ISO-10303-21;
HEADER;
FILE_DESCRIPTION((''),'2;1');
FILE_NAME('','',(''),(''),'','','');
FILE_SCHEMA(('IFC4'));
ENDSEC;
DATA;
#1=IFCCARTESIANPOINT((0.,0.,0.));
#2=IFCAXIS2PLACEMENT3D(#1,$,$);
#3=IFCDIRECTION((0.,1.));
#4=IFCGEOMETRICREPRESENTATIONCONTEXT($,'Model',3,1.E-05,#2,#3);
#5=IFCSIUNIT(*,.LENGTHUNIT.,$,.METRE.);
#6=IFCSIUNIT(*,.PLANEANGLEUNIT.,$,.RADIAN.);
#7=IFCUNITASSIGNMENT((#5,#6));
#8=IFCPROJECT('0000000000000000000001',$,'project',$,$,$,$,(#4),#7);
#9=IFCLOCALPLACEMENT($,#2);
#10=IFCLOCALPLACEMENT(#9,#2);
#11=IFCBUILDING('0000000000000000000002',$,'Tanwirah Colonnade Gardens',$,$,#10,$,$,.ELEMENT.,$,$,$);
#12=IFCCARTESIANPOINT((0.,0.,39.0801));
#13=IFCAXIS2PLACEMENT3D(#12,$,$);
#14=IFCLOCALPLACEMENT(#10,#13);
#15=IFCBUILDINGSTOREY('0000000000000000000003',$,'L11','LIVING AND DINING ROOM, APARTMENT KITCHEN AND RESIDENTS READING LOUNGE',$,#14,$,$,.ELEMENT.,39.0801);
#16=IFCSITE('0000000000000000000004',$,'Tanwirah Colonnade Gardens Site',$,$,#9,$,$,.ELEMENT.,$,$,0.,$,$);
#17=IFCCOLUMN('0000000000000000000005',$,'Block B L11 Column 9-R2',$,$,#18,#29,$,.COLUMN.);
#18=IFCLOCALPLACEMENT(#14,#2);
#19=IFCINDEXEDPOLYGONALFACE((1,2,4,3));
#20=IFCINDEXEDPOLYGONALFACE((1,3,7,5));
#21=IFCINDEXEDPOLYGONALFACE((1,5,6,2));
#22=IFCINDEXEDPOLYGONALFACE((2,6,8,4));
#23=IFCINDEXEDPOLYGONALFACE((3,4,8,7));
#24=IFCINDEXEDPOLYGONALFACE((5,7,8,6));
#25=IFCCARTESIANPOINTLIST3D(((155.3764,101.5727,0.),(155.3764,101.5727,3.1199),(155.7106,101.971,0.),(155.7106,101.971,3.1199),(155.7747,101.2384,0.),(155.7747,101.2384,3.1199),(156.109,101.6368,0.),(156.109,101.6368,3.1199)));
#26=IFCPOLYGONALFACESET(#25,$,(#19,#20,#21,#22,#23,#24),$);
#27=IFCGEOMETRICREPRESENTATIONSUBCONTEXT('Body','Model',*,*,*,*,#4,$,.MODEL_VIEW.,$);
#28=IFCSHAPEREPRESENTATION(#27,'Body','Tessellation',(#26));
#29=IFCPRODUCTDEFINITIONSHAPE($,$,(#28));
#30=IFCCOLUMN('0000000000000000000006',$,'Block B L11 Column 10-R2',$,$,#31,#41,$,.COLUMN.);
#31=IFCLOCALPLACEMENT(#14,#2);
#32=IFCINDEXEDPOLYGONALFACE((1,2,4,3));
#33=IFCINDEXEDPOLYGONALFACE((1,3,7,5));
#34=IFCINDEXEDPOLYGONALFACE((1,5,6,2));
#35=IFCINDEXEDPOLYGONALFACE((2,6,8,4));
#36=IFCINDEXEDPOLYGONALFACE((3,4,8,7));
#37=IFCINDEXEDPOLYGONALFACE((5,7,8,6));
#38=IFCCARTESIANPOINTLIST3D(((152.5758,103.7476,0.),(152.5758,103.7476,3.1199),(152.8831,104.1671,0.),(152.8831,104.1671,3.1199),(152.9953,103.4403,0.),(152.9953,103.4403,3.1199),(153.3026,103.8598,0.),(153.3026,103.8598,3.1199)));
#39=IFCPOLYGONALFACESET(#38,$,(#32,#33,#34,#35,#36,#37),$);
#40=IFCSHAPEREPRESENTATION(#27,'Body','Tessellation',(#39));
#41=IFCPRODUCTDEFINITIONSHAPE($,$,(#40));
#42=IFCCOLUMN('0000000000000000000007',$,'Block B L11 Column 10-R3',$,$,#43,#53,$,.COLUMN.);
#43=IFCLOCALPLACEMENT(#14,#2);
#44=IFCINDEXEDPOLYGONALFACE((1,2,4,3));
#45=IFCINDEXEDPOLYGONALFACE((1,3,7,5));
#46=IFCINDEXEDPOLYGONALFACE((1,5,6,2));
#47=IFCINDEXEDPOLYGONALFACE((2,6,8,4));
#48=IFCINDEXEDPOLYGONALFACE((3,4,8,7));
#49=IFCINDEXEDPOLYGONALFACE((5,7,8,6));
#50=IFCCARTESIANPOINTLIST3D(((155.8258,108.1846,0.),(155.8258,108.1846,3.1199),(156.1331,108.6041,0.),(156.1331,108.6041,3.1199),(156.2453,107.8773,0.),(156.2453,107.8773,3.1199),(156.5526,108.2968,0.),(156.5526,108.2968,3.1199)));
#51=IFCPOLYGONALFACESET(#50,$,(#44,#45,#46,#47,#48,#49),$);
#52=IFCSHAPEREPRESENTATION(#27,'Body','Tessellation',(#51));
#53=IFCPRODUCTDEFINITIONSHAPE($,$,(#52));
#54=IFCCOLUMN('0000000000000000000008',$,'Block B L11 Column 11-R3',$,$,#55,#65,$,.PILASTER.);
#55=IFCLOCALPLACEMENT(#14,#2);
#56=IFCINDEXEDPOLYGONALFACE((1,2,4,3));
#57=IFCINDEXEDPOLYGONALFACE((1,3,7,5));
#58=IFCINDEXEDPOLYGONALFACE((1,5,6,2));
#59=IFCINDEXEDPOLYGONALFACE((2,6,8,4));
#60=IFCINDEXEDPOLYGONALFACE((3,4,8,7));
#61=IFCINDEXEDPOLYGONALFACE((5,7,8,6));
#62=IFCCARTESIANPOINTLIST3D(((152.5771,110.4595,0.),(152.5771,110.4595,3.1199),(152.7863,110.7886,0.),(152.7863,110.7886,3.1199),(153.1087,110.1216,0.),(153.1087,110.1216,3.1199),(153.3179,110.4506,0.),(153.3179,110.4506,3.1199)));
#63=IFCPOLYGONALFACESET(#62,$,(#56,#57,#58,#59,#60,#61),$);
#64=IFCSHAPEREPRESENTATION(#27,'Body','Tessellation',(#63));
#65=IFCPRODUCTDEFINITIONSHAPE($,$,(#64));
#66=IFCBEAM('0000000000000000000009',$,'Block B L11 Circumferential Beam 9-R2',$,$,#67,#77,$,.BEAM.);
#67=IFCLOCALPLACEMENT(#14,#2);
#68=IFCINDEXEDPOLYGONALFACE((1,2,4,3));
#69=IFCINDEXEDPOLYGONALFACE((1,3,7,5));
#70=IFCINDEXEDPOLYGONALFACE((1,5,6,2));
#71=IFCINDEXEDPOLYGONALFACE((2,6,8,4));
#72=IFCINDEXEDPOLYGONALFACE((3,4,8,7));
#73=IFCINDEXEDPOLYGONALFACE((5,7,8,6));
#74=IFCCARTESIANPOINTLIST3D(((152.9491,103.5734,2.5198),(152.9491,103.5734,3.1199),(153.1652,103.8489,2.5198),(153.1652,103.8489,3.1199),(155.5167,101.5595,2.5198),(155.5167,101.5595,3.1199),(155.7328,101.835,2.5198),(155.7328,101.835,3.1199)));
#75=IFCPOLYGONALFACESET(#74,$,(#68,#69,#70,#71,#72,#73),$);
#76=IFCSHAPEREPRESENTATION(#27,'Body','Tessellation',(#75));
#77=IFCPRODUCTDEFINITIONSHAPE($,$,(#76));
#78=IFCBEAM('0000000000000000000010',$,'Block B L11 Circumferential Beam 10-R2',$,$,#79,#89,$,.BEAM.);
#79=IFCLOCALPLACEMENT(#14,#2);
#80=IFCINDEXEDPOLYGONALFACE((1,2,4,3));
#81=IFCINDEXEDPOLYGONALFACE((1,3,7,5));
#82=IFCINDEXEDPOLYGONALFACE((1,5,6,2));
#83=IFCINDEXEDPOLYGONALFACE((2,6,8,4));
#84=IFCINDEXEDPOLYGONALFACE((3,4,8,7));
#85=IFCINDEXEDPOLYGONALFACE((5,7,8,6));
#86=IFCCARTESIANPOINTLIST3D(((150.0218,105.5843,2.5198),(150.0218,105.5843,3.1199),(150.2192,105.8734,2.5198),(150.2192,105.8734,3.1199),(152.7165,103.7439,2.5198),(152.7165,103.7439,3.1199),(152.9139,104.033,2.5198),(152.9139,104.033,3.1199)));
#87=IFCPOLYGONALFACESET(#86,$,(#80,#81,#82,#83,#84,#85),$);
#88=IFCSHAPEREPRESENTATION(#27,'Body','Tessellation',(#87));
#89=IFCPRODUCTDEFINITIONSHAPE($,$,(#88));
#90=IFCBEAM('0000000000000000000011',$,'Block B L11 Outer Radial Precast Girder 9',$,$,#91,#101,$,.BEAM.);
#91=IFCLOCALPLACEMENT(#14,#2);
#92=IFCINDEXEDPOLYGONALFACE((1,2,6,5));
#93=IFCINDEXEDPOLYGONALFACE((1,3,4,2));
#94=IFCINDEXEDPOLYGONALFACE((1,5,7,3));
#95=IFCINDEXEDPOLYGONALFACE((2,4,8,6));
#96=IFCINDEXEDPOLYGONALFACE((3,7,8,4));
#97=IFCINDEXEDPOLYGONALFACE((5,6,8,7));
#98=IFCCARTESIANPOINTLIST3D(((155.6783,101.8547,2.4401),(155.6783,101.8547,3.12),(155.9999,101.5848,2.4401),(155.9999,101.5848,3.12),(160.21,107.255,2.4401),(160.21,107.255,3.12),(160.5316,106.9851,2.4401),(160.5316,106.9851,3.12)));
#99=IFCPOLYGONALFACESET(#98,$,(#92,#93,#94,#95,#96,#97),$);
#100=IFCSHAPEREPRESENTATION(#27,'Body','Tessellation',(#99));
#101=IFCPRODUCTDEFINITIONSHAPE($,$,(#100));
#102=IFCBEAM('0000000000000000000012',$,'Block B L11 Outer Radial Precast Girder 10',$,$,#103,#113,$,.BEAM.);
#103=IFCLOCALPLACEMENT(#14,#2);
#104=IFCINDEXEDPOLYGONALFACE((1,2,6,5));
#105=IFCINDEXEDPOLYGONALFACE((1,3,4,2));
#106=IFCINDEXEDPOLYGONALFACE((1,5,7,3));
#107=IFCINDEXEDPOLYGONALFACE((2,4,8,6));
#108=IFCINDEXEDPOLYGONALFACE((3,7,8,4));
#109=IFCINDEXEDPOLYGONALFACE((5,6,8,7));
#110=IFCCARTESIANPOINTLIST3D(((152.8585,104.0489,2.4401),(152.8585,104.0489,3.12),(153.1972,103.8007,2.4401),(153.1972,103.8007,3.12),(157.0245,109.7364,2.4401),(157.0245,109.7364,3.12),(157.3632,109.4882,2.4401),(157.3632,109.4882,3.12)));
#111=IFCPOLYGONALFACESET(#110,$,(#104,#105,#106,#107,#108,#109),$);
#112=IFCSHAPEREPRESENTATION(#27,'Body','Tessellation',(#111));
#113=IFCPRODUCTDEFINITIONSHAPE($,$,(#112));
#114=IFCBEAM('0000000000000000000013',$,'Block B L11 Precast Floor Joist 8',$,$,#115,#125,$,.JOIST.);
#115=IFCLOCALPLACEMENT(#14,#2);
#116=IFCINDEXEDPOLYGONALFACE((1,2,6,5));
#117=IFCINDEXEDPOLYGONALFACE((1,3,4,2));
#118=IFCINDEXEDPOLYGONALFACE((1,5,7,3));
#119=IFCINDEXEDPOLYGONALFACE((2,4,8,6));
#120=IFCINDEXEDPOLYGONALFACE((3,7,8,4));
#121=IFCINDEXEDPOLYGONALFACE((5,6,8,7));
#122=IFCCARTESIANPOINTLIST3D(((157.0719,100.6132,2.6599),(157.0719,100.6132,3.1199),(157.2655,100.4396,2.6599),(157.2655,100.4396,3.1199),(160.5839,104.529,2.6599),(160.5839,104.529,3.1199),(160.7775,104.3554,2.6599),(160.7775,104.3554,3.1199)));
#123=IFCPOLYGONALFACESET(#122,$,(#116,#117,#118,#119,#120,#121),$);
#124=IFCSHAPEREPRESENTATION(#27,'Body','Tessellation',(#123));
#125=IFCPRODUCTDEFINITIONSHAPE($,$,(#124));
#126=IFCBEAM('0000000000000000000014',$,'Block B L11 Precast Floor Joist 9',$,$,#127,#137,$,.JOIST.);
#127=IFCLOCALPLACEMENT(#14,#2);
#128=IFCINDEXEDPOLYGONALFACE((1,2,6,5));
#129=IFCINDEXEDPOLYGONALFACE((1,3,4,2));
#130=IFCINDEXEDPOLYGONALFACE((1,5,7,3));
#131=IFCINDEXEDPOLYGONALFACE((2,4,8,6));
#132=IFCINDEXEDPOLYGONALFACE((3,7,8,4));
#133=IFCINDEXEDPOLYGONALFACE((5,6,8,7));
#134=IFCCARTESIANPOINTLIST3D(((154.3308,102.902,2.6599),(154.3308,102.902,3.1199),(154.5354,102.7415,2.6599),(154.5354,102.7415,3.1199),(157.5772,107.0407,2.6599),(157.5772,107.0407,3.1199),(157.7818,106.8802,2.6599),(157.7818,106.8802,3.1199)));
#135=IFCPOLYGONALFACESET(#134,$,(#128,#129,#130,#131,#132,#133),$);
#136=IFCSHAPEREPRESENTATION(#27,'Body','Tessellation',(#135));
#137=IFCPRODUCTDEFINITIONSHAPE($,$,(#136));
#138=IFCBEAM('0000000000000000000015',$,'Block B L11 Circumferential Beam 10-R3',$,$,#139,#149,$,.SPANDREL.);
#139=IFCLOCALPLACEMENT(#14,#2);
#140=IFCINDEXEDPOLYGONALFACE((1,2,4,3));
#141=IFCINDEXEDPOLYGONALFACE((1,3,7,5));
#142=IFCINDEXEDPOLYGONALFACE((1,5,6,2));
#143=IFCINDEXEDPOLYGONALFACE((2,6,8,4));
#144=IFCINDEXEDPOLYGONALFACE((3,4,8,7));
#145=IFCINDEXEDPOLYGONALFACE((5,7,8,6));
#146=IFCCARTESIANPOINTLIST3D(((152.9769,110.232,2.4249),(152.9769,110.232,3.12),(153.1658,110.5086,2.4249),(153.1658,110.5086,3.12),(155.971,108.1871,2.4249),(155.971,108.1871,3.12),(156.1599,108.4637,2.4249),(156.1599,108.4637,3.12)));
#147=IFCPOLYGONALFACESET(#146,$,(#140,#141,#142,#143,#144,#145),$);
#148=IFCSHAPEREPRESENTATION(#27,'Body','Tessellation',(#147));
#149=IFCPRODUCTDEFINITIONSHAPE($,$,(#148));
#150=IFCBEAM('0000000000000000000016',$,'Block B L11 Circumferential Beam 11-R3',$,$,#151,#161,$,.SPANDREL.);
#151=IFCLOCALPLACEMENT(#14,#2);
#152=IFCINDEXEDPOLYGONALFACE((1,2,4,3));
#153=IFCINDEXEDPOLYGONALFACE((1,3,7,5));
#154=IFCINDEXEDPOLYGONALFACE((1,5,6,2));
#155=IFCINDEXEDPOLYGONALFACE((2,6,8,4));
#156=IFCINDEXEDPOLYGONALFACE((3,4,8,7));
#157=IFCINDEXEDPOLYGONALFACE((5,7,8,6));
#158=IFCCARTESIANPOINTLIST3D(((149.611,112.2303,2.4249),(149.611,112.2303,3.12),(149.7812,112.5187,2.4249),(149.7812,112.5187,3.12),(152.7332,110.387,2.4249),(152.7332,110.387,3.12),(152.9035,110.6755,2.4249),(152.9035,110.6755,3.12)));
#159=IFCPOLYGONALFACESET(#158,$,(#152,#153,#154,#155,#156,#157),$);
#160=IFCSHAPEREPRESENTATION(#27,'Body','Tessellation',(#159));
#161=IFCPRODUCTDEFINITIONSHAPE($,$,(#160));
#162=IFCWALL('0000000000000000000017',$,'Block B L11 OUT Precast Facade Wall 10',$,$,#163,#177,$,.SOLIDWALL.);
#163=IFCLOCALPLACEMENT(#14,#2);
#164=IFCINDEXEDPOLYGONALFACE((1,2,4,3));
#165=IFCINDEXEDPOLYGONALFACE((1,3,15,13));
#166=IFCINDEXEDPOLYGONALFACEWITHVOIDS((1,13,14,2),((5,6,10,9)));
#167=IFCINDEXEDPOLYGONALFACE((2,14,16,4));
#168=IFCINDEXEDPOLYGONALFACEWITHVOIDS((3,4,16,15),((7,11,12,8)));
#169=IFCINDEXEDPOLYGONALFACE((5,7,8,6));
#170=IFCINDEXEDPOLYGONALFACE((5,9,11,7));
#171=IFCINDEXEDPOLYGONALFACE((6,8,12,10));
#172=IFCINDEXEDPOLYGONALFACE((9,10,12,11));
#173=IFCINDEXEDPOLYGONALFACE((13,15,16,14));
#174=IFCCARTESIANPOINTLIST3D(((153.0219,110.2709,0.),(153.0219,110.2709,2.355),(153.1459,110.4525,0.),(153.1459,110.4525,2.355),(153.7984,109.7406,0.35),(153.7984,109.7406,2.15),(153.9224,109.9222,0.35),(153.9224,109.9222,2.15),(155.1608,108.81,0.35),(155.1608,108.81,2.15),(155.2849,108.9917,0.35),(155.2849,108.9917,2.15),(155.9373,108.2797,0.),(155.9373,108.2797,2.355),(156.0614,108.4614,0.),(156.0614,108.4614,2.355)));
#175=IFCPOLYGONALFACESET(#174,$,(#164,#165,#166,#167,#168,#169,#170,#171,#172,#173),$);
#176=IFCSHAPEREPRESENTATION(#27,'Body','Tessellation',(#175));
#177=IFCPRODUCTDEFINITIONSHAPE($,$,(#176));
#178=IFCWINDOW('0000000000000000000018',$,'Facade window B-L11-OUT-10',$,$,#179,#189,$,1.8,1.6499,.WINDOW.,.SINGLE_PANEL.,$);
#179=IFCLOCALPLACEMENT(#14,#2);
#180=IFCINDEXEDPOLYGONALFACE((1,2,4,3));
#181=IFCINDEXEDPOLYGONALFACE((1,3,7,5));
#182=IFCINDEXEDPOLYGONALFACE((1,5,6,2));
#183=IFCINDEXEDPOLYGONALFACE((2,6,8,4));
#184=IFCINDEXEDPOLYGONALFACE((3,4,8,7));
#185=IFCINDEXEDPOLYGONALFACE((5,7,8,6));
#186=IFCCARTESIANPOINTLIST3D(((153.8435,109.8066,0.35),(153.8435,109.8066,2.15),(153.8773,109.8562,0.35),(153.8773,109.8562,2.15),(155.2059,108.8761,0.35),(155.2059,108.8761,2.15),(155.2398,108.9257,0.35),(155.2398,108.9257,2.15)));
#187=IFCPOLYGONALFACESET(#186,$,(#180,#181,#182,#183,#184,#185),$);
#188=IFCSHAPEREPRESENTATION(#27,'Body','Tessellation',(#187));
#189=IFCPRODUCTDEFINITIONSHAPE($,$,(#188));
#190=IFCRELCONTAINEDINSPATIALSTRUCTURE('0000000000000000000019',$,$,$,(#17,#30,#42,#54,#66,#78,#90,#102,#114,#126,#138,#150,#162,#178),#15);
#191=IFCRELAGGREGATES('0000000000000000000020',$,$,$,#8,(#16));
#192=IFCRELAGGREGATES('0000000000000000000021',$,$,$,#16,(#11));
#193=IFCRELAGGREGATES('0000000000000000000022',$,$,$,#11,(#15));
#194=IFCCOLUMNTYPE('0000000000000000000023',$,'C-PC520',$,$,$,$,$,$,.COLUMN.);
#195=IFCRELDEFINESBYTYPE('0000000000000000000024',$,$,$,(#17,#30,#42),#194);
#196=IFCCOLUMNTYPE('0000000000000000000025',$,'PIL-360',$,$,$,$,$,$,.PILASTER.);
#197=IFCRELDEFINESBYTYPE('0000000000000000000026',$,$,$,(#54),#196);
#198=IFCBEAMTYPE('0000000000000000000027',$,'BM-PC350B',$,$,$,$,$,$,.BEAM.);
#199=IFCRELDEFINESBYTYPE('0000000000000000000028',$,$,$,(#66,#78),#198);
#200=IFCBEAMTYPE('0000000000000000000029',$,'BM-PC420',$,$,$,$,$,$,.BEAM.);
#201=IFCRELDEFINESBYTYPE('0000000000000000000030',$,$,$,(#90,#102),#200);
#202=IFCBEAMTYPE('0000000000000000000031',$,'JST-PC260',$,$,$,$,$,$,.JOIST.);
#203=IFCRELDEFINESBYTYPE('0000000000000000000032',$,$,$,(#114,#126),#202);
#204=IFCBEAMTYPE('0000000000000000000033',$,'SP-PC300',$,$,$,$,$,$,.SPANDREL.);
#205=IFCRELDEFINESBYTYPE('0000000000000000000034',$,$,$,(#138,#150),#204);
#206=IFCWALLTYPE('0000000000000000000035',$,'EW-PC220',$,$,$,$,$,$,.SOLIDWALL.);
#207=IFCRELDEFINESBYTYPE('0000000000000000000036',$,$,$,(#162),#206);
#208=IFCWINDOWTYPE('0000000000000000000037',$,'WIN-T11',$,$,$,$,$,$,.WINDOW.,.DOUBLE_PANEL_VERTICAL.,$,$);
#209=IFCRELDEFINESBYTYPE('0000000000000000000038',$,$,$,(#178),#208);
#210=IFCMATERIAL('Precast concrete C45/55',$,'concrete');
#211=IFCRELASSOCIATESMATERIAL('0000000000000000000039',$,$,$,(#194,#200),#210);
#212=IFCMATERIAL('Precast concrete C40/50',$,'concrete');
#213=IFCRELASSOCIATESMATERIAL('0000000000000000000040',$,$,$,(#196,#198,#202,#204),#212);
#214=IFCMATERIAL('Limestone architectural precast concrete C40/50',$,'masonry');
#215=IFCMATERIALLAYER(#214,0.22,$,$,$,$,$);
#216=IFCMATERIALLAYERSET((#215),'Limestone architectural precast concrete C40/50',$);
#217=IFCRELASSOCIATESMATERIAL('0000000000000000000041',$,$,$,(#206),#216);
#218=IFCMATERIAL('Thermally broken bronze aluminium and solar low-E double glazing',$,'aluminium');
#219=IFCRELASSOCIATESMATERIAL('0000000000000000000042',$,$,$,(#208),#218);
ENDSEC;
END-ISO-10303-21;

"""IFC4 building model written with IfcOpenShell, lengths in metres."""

from ifc_helpers import new_model, si_unit, direction, frame, frame_2d, origin, origin_2d, place, context, subcontext, project, spatial, rectangle, extrude, material, layer, layer_set, material_profile, profile_set, type_object, element, fill, save


model = new_model("IFC4")

# Units and contexts
model_context = context("Model", 3, precision=1e-05, world=origin(), true_north=direction((0.0, 1.0)))
body_context = subcontext(model_context, "Body", "Model", "MODEL_VIEW")
ifc_project = project(units=[si_unit("LENGTHUNIT", "METRE"), si_unit("PLANEANGLEUNIT", "RADIAN")], contexts=[model_context])

# Site, building, storey
site_placement = place(None, origin())
site = spatial("IfcSite", under=ifc_project, at=site_placement, Name="Tanwirah Colonnade Gardens Site", CompositionType="ELEMENT", RefElevation=0.0)
building_placement = place(site_placement, origin())
building = spatial("IfcBuilding", under=site, at=building_placement, Name="Tanwirah Colonnade Gardens", CompositionType="ELEMENT")
storey_placement = place(building_placement, frame((0.0, 0.0, 39.0801)))
storey = spatial("IfcBuildingStorey", under=building, at=storey_placement, Name="L11", Description="LIVING AND DINING ROOM, APARTMENT KITCHEN AND RESIDENTS READING LOUNGE", CompositionType="ELEMENT", Elevation=39.0801)

# Columns
ifc_material_1 = material(Name="Precast concrete C45/55", Category="concrete")
ifc_material_profile_1 = material_profile(ifc_material_1, rectangle(XDim=0.52, YDim=0.52, at=origin_2d()), Name="PC-COL 520x520")
ifc_profile_set_1 = profile_set([ifc_material_profile_1], Name="Precast concrete C45/55")
column_type_1 = type_object("IfcColumnType", Name="C-PC520", PredefinedType="COLUMN", material=ifc_profile_set_1)
for number, where, z_axis, x_axis, name in (
    (1, (155.7427, 101.6047, 0.0), (0.0, 0.0, 1.0), (0.642788, 0.766044, 0.0), "Block B L11 Column 9-R2"),
    (2, (152.9392, 103.8037, 0.0), (0.0, 0.0, 1.0), (0.590919, 0.806731, 0.0), "Block B L11 Column 10-R2"),
    (3, (156.1892, 108.2407, 0.0), (0.0, 0.0, 1.0), (0.590919, 0.806731, 0.0), "Block B L11 Column 10-R3"),
):
    element("IfcColumn", number, at=place(storey_placement, frame(where, z_axis=z_axis, x_axis=x_axis)), inside=storey, type_object=column_type_1, Name=name, PredefinedType="COLUMN", context=body_context, shape_type="SweptSolid", body=[
        extrude(rectangle(XDim=0.52, YDim=0.52, at=origin_2d()), origin(), (0.0, 0.0, 1.0), 3.1199),
    ])
ifc_material_2 = material(Name="Precast concrete C40/50", Category="concrete")
ifc_material_profile_2 = material_profile(ifc_material_2, rectangle(XDim=0.3899, YDim=0.6299, at=origin_2d()), Name="PC-PIL 390x630")
ifc_profile_set_2 = profile_set([ifc_material_profile_2], Name="Precast concrete C40/50")
column_type_2 = type_object("IfcColumnType", Name="PIL-360", PredefinedType="PILASTER", material=ifc_profile_set_2)
column_placement = place(storey_placement, frame((152.9475, 110.4551, 0.0), z_axis=(0.0, 0.0, 1.0), x_axis=(0.536482, 0.843912, 0.0)))
element("IfcColumn", 4, at=column_placement, inside=storey, type_object=column_type_2, Name="Block B L11 Column 11-R3", PredefinedType="PILASTER", context=body_context, shape_type="SweptSolid", body=[
    extrude(rectangle(XDim=0.3899, YDim=0.6299, at=origin_2d()), origin(), (0.0, 0.0, 1.0), 3.1199),
])

# Beams
ifc_material_profile_3 = material_profile(ifc_material_2, rectangle(XDim=0.3501, YDim=0.6001, at=origin_2d()), Name="PC-BM 350x600")
ifc_profile_set_3 = profile_set([ifc_material_profile_3], Name="Precast concrete C40/50")
beam_type_1 = type_object("IfcBeamType", Name="BM-PC350B", PredefinedType="BEAM", material=ifc_profile_set_3)
for number, where, z_axis, x_axis, name in (
    (5, (155.6248, 101.6973, 2.8198), (-0.78684, 0.617157, 0.0), (-0.617157, -0.78684, 0.0), "Block B L11 Circumferential Beam 9-R2"),
    (6, (152.8152, 103.8884, 2.8198), (-0.825782, 0.563989, 0.0), (-0.563989, -0.825782, 0.0), "Block B L11 Circumferential Beam 10-R2"),
):
    element("IfcBeam", number, at=place(storey_placement, frame(where, z_axis=z_axis, x_axis=x_axis)), inside=storey, type_object=beam_type_1, Name=name, PredefinedType="BEAM", context=body_context, shape_type="SweptSolid", body=[
        extrude(rectangle(XDim=0.3501, YDim=0.6001, at=origin_2d()), origin(), (0.0, 0.0, 1.0), 3.2632),
    ])
ifc_material_profile_4 = material_profile(ifc_material_1, rectangle(XDim=0.4199, YDim=0.6799, at=origin_2d()), Name="PC-BM 420x680")
ifc_profile_set_4 = profile_set([ifc_material_profile_4], Name="Precast concrete C45/55")
beam_type_2 = type_object("IfcBeamType", Name="BM-PC420", PredefinedType="BEAM", material=ifc_profile_set_4)
beam_1_placement = place(storey_placement, frame((155.8391, 101.7197, 2.78), z_axis=(0.64281, 0.766025, 0.0), x_axis=(-0.766025, 0.64281, 0.0)))
element("IfcBeam", 7, at=beam_1_placement, inside=storey, type_object=beam_type_2, Name="Block B L11 Outer Radial Precast Girder 9", PredefinedType="BEAM", context=body_context, shape_type="SweptSolid", body=[
    extrude(rectangle(XDim=0.4199, YDim=0.6799, at=origin_2d()), origin(), (0.0, 0.0, 1.0), 7.0498),
])
beam_2_placement = place(storey_placement, frame((153.0278, 103.9248, 2.78), z_axis=(0.590919, 0.806731, 0.0), x_axis=(-0.806731, 0.590919, 0.0)))
element("IfcBeam", 8, at=beam_2_placement, inside=storey, type_object=beam_type_2, Name="Block B L11 Outer Radial Precast Girder 10", PredefinedType="BEAM", context=body_context, shape_type="SweptSolid", body=[
    extrude(rectangle(XDim=0.4199, YDim=0.6799, at=origin_2d()), origin(), (0.0, 0.0, 1.0), 7.05),
])
ifc_material_profile_5 = material_profile(ifc_material_2, rectangle(XDim=0.26, YDim=0.46, at=origin_2d()), Name="PC-JST 260x460")
ifc_profile_set_5 = profile_set([ifc_material_profile_5], Name="Precast concrete C40/50")
beam_type_3 = type_object("IfcBeamType", Name="JST-PC260", PredefinedType="JOIST", material=ifc_profile_set_5)
for number, where, z_axis, x_axis, name in (
    (9, (157.1687, 100.5264, 2.8899), (0.667679, 0.744449, 0.0), (-0.744449, 0.667679, 0.0), "Block B L11 Precast Floor Joist 8"),
    (10, (154.4331, 102.8218, 2.8899), (0.617178, 0.786824, 0.0), (-0.786824, 0.617178, 0.0), "Block B L11 Precast Floor Joist 9"),
):
    element("IfcBeam", number, at=place(storey_placement, frame(where, z_axis=z_axis, x_axis=x_axis)), inside=storey, type_object=beam_type_3, Name=name, PredefinedType="JOIST", context=body_context, shape_type="SweptSolid", body=[
        extrude(rectangle(XDim=0.26, YDim=0.46, at=origin_2d()), origin(), (0.0, 0.0, 1.0), 5.26),
    ])
ifc_material_profile_6 = material_profile(ifc_material_2, rectangle(XDim=0.335, YDim=0.6951, at=origin_2d()), Name="PC-SP 335x695")
ifc_profile_set_6 = profile_set([ifc_material_profile_6], Name="Precast concrete C40/50")
beam_type_4 = type_object("IfcBeamType", Name="SP-PC300", PredefinedType="SPANDREL", material=ifc_profile_set_6)
for number, where, z_axis, x_axis, name in (
    (11, (156.0654, 108.3254, 2.7725), (-0.825783, 0.563989, 0.0), (-0.563989, -0.825783, 0.0), "Block B L11 Circumferential Beam 10-R3"),
    (12, (152.8184, 110.5312, 2.7725), (-0.861137, 0.508373, 0.0), (-0.508373, -0.861137, 0.0), "Block B L11 Circumferential Beam 11-R3"),
):
    element("IfcBeam", number, at=place(storey_placement, frame(where, z_axis=z_axis, x_axis=x_axis)), inside=storey, type_object=beam_type_4, Name=name, PredefinedType="SPANDREL", context=body_context, shape_type="SweptSolid", body=[
        extrude(rectangle(XDim=0.335, YDim=0.6951, at=origin_2d()), origin(), (0.0, 0.0, 1.0), 3.6257),
    ])

# Shared definitions
ifc_material_3 = material(Name="Limestone architectural precast concrete C40/50", Category="masonry")
ifc_layer_1 = layer(ifc_material_3, 0.22)
ifc_layer_set_1 = layer_set([ifc_layer_1], Name="Limestone architectural precast concrete C40/50")
wall_type_1 = type_object("IfcWallType", Name="EW-PC220", PredefinedType="SOLIDWALL", material=ifc_layer_set_1)

# Wall, opening, window
wall_1_placement = place(storey_placement, frame((155.9993, 108.3706, 0.0), z_axis=(0.0, 0.0, 1.0), x_axis=(-0.825785, 0.563985, 0.0)))
wall_1 = element("IfcWall", 13, at=wall_1_placement, inside=storey, type_object=wall_type_1, Name="Block B L11 OUT Precast Facade Wall 10", PredefinedType="SOLIDWALL", context=body_context, shape_type="SweptSolid", body=[
    extrude(rectangle(XDim=3.5305, YDim=0.22, at=frame_2d((1.7651, 0.0))), origin(), (0.0, 0.0, 1.0), 2.355),
])
opening_1_placement = place(wall_1_placement, frame((0.9402, 0.0, 0.3501)))
opening_1 = element("IfcOpeningElement", 14, at=opening_1_placement, cuts=wall_1, PredefinedType="OPENING", context=body_context, shape_type="SweptSolid", body=[
    extrude(rectangle(XDim=1.6499, YDim=1.8, at=frame_2d((0.825, 0.8999))), frame((0.0, 0.1199, 0.0), z_axis=(0.0, -1.0, 0.0), x_axis=(1.0, 0.0, 0.0)), (0.0, 0.0, 1.0), 0.24),
])
ifc_material_4 = material(Name="Thermally broken bronze aluminium and solar low-E double glazing", Category="aluminium")
window_type_1 = type_object("IfcWindowType", Name="WIN-T11", PartitioningType="DOUBLE_PANEL_VERTICAL", PredefinedType="WINDOW", material=ifc_material_4)
window_1_placement = place(opening_1_placement, origin())
window_1 = element("IfcWindow", 15, at=window_1_placement, inside=storey, type_object=window_type_1, Name="Facade window B-L11-OUT-10", OverallHeight=1.8, OverallWidth=1.6499, PartitioningType="SINGLE_PANEL", PredefinedType="WINDOW", context=body_context, shape_type="SweptSolid", body=[
    extrude(rectangle(XDim=1.6499, YDim=1.8, at=frame_2d((0.825, 0.8999))), frame((0.0, 0.03, 0.0), z_axis=(0.0, -1.0, 0.0), x_axis=(1.0, 0.0, 0.0)), (0.0, 0.0, 1.0), 0.0601),
])
fill(opening_1, window_1)

save(model, "model.ifc")
